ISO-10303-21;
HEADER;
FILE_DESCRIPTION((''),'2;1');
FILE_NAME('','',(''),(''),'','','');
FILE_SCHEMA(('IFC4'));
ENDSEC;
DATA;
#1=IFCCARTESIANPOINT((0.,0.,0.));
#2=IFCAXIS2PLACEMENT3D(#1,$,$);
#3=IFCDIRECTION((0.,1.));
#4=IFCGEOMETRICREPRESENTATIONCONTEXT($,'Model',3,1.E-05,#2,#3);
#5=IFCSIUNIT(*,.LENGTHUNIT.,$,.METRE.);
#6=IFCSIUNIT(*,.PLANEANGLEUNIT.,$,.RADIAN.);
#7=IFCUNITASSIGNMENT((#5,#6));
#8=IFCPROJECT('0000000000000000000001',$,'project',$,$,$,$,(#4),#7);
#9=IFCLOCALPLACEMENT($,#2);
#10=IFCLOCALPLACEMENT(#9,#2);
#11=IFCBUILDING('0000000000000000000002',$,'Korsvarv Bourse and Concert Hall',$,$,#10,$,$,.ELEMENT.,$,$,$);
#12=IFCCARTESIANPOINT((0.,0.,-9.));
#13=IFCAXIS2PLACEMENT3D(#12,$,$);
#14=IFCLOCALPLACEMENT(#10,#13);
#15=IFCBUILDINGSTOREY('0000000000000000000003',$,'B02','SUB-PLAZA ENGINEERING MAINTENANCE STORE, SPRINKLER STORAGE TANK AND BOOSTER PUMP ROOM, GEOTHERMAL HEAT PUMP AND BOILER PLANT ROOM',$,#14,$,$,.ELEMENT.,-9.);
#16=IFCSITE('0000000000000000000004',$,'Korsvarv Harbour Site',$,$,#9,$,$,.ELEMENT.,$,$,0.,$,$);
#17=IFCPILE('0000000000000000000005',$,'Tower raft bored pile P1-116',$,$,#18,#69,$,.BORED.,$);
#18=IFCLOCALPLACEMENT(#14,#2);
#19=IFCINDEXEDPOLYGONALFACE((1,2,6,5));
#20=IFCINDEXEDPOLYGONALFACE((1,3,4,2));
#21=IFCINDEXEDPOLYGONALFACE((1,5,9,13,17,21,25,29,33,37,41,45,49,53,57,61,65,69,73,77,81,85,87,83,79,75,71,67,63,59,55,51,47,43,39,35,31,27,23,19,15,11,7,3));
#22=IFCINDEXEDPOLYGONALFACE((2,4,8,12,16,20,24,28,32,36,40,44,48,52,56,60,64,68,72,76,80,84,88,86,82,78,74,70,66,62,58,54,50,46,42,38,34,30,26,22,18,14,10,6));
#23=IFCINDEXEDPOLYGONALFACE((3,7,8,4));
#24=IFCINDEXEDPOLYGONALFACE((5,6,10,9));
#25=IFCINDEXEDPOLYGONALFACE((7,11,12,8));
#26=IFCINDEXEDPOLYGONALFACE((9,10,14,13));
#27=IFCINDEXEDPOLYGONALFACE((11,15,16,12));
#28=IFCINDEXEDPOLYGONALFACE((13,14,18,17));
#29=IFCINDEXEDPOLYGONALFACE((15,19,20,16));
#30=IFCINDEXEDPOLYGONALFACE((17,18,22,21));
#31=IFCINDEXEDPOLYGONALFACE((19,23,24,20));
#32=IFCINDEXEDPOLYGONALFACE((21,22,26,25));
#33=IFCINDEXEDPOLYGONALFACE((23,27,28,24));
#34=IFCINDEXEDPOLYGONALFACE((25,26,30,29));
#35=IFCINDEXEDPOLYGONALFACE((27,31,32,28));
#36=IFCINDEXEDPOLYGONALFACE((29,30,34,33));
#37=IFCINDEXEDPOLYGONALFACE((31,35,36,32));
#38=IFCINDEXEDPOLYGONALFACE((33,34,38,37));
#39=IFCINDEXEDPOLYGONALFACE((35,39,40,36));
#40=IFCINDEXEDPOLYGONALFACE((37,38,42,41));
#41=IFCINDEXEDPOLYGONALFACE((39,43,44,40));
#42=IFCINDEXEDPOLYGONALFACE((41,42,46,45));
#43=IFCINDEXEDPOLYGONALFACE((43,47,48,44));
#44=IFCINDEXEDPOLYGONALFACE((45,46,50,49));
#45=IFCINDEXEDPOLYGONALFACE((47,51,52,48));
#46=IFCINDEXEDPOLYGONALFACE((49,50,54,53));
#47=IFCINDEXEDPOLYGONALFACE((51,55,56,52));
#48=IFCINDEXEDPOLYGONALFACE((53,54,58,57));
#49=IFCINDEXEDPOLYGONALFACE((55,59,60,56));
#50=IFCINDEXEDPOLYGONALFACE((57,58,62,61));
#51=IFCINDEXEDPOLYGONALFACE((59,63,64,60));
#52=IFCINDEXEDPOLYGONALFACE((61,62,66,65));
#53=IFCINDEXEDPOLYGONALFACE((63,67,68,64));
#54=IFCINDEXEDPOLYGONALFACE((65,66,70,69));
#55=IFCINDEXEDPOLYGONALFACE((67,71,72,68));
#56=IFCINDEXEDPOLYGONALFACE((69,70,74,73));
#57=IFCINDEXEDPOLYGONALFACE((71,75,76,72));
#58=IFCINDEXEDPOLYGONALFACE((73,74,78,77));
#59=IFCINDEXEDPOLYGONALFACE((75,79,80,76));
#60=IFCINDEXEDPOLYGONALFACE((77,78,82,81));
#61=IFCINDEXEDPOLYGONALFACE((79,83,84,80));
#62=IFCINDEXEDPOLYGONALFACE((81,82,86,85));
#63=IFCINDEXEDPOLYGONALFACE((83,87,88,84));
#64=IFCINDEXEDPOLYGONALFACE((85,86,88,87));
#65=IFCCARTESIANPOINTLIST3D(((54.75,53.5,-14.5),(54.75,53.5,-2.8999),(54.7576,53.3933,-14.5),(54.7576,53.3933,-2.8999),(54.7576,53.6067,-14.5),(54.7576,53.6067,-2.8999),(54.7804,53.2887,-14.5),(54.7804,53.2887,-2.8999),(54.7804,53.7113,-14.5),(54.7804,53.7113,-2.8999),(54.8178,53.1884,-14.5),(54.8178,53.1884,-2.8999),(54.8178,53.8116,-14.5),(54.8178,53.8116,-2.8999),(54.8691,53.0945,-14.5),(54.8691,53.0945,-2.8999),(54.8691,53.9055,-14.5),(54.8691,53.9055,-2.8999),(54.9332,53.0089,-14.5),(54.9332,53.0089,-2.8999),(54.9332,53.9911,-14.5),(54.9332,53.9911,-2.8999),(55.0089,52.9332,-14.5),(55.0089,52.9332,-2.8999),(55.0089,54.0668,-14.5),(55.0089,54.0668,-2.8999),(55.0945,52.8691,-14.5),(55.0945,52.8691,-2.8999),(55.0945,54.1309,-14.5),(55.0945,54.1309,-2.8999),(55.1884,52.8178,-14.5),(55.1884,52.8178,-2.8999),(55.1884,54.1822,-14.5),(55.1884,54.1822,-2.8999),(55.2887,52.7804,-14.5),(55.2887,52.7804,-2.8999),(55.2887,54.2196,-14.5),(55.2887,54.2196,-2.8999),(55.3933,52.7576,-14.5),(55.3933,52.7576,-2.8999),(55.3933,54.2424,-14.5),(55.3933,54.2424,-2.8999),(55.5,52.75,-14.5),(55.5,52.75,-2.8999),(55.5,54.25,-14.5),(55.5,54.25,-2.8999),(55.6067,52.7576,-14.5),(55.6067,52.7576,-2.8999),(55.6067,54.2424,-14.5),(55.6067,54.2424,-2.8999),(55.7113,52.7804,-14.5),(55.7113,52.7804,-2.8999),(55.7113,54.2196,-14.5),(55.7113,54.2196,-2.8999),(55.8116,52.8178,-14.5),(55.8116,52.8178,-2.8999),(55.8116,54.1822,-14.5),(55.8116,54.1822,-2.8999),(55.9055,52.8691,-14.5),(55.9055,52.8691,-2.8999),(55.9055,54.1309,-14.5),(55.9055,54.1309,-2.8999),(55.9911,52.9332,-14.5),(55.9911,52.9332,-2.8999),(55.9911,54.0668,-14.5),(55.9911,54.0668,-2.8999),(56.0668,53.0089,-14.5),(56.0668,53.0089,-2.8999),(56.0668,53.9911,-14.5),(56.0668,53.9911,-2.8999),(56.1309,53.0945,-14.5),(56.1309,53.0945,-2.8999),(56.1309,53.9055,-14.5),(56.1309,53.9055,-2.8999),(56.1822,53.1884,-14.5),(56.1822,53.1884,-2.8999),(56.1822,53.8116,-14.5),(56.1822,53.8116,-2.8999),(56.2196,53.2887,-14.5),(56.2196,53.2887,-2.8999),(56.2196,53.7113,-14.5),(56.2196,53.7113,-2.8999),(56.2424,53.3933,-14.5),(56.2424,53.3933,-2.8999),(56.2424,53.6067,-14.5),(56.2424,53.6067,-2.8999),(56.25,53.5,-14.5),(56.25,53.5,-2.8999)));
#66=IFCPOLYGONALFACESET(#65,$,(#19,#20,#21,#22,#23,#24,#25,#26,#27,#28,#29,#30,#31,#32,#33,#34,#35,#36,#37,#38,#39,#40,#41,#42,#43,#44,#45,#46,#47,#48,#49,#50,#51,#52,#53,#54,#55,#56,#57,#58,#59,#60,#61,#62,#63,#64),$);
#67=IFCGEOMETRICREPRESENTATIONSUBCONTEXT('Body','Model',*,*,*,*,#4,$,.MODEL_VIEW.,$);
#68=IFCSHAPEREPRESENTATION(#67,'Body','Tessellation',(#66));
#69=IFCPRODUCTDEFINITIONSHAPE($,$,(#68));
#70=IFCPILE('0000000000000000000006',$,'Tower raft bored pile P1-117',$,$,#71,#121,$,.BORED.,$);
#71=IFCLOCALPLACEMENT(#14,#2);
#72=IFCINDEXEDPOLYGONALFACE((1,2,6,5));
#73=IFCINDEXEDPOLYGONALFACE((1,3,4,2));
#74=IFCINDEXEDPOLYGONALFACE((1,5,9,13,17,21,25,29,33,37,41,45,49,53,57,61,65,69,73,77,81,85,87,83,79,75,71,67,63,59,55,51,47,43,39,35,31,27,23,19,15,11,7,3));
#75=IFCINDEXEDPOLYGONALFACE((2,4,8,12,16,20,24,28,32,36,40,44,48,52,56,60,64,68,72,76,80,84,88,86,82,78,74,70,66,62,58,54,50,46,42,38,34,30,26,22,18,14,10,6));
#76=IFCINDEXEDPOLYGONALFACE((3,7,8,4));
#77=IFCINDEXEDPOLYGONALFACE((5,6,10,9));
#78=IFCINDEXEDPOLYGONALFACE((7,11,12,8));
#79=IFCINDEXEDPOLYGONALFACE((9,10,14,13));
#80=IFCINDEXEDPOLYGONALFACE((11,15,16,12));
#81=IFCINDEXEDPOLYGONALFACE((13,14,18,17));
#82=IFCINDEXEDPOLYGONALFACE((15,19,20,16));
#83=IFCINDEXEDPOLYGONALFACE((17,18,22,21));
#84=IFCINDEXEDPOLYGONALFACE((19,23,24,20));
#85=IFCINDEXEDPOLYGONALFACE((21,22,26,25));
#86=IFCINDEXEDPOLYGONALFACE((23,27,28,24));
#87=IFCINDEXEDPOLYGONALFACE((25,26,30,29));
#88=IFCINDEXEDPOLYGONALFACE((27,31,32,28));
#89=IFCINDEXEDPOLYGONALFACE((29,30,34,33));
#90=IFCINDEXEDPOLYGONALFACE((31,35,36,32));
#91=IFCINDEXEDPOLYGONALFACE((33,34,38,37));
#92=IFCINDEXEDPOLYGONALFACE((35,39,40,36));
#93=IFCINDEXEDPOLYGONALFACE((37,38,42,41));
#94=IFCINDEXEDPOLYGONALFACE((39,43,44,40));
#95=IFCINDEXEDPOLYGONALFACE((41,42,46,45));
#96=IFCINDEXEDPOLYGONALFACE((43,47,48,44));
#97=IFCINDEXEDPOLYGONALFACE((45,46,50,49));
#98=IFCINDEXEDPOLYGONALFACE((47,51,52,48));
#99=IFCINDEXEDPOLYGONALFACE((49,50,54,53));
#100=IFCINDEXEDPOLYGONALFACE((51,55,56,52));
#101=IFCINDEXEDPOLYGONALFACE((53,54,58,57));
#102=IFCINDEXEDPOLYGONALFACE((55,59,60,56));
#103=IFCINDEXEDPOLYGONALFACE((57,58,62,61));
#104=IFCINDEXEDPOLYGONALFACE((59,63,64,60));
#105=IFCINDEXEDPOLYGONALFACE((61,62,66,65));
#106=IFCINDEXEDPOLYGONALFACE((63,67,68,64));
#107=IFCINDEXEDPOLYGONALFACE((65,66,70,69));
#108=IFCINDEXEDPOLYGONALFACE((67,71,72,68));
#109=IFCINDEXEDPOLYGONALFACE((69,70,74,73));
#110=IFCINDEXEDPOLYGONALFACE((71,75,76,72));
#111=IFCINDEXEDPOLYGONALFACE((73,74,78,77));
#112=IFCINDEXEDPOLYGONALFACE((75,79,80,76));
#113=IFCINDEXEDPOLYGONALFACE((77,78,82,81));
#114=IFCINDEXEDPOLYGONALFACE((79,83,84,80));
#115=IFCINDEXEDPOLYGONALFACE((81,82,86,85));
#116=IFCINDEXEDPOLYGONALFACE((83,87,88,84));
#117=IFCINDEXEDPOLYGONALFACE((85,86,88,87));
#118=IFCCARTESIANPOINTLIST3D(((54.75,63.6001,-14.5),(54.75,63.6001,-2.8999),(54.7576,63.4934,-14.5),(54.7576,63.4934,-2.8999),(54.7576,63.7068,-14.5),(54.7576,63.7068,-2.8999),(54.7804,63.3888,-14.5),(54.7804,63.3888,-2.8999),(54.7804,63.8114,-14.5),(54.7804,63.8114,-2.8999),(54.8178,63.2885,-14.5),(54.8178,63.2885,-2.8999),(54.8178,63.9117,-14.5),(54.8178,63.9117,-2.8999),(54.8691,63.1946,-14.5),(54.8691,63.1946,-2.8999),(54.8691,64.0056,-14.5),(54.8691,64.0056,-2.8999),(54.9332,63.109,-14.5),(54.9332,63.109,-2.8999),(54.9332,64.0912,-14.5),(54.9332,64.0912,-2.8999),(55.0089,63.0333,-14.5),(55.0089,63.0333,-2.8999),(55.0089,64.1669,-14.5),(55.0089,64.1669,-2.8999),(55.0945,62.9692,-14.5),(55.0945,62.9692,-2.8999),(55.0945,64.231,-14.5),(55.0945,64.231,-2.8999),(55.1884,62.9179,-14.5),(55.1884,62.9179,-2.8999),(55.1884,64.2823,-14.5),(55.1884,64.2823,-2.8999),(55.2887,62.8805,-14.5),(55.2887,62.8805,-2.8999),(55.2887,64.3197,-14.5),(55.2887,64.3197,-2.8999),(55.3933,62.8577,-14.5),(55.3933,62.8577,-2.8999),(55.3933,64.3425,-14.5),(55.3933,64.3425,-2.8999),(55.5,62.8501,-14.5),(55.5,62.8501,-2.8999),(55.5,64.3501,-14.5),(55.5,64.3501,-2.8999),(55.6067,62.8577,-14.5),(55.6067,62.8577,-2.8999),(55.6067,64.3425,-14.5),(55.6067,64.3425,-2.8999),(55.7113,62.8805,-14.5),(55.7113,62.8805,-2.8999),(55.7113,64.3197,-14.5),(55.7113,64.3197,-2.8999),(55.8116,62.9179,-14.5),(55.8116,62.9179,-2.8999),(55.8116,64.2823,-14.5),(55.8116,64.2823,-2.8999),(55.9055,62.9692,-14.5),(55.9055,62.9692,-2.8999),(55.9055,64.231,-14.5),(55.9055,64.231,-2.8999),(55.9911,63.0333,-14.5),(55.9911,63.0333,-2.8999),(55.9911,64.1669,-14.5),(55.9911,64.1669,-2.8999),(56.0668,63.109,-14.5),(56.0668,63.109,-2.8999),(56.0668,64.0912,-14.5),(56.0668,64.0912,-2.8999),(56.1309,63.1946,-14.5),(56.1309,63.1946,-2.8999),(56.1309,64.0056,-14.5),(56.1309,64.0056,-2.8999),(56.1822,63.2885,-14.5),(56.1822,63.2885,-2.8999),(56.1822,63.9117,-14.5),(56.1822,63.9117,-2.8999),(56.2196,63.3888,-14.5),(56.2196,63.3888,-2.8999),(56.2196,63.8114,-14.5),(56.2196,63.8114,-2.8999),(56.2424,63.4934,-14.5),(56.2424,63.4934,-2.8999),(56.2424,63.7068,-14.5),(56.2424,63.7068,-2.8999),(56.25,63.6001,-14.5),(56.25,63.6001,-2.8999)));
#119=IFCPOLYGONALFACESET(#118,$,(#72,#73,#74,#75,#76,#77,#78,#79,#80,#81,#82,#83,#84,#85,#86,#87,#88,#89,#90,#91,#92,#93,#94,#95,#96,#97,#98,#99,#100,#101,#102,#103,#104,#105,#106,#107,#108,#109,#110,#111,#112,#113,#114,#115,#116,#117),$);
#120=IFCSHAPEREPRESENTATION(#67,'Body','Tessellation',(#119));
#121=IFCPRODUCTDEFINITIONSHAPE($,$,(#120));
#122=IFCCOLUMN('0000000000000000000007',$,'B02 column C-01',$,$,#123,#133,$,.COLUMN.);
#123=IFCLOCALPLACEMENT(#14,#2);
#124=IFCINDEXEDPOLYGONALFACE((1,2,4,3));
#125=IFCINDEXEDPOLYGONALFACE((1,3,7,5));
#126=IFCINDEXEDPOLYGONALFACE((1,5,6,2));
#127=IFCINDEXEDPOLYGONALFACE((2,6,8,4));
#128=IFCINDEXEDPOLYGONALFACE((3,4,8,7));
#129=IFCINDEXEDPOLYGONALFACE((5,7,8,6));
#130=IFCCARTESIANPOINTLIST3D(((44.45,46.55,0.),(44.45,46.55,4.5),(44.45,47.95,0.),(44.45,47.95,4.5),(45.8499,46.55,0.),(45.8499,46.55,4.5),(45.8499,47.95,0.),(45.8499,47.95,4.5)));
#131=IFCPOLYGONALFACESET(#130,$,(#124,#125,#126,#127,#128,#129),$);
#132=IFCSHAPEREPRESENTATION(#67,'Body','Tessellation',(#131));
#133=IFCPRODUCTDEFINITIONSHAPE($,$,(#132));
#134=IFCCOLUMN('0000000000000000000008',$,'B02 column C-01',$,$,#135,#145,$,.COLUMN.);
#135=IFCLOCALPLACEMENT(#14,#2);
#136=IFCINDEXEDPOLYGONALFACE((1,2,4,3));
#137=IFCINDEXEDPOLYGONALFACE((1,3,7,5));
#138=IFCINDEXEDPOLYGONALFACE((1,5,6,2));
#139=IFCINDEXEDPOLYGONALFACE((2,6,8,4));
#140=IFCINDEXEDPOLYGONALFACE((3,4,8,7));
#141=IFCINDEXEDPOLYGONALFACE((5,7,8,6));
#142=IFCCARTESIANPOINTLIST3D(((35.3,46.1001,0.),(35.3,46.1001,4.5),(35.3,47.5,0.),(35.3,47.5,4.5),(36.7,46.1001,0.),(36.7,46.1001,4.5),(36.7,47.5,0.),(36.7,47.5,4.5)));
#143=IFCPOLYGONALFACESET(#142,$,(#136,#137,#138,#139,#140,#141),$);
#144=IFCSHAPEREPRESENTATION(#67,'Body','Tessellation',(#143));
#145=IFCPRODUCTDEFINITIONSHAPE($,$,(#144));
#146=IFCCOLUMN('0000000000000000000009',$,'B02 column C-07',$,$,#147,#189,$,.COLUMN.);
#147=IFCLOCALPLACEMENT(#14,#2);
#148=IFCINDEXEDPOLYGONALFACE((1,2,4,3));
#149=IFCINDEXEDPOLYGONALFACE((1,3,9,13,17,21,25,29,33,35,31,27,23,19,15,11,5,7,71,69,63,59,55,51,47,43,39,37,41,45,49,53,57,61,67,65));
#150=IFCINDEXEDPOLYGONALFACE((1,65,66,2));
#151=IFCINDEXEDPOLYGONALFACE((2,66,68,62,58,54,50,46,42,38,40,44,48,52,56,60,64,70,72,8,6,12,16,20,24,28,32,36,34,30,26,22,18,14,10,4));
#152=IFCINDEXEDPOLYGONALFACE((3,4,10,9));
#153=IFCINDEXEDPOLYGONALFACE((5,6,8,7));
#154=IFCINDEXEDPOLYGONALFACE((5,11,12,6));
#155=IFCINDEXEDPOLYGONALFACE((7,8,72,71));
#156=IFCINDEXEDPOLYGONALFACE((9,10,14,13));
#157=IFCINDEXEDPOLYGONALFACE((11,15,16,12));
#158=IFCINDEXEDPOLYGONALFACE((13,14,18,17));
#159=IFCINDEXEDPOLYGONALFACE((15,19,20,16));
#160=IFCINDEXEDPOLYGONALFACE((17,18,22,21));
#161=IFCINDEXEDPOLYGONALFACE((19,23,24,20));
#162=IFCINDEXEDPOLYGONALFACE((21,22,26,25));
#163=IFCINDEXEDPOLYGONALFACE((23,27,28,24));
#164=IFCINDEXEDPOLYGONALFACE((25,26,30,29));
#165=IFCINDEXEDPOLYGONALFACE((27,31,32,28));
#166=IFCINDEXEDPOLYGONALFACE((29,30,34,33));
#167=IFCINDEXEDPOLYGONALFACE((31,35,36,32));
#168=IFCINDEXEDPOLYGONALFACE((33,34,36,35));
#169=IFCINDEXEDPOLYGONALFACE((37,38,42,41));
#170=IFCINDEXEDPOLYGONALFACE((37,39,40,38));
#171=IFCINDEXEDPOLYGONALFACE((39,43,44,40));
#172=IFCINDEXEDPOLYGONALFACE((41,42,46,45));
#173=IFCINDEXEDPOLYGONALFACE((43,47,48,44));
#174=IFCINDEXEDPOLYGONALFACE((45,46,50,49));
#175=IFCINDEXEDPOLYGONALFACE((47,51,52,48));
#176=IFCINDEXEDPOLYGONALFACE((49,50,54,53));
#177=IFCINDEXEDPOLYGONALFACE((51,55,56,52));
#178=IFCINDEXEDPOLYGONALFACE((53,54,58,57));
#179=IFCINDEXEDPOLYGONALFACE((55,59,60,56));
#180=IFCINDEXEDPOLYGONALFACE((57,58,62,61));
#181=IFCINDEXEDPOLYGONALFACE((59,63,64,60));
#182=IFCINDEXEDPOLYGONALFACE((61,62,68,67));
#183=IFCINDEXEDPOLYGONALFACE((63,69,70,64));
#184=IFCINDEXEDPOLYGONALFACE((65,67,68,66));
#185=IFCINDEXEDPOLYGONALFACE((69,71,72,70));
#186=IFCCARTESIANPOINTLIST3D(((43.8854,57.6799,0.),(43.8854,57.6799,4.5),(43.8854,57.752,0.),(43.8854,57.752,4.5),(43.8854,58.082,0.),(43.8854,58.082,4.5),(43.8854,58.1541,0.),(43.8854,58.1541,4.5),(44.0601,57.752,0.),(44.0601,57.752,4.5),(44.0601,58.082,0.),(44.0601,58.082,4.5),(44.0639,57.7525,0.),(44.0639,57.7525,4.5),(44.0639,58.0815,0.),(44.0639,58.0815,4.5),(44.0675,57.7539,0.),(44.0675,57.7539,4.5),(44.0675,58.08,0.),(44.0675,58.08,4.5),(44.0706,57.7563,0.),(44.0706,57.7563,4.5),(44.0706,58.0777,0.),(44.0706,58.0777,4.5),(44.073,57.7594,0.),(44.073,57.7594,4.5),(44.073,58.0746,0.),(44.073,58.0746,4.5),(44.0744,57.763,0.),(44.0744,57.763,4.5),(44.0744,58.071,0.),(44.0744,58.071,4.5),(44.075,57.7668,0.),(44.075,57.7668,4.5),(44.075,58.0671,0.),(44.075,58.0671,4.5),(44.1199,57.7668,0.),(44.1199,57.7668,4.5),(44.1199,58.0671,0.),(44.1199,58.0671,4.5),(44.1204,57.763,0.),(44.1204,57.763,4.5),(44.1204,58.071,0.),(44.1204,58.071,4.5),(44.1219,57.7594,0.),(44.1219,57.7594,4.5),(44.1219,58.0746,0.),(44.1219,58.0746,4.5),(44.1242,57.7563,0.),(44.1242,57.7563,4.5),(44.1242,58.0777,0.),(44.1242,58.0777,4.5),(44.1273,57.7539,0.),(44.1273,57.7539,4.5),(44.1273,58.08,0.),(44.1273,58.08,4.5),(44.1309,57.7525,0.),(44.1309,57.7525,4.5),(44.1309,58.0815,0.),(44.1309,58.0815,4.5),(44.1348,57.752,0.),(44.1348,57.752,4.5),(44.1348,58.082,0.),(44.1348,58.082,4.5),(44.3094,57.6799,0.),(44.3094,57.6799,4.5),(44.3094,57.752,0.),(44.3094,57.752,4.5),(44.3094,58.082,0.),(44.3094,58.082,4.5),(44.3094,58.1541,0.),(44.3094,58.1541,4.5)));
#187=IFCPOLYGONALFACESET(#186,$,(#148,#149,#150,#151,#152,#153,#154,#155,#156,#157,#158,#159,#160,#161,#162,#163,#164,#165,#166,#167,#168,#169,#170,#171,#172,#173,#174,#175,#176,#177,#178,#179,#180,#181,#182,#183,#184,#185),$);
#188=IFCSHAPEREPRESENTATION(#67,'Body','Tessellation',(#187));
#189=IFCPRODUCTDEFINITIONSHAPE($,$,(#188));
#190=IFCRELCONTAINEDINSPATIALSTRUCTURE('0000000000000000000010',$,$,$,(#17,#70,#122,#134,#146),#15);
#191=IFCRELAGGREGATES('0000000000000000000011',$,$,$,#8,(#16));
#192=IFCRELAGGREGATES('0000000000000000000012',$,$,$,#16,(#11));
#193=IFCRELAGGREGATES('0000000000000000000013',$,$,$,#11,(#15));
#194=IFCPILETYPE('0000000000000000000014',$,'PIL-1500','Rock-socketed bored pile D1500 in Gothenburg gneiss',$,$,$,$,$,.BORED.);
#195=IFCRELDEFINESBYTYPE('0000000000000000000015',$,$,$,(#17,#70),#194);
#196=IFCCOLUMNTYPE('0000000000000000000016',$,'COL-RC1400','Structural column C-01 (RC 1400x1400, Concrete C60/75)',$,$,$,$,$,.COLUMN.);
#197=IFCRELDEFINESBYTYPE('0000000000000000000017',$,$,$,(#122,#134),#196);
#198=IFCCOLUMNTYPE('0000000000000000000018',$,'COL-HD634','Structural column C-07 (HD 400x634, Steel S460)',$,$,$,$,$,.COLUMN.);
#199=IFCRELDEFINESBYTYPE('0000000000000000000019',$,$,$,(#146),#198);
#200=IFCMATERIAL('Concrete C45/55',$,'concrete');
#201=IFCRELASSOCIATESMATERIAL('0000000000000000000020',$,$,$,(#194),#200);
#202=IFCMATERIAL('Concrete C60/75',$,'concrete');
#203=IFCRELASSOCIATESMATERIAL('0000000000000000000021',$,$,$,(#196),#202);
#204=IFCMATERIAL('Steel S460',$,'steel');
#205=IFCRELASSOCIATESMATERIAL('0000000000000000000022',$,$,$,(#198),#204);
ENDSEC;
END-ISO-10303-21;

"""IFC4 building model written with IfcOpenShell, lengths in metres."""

from ifc_helpers import new_model, si_unit, direction, frame, origin, origin_2d, place, context, subcontext, project, spatial, rectangle, circle, i_section, extrude, source, transform, mapped, material, material_profile, profile_set, type_object, element, save


model = new_model("IFC4")

# Units and contexts
model_context = context("Model", 3, precision=1e-05, world=origin(), true_north=direction((0.0, 1.0)))
body_context = subcontext(model_context, "Body", "Model", "MODEL_VIEW")
ifc_project = project(units=[si_unit("LENGTHUNIT", "METRE"), si_unit("PLANEANGLEUNIT", "RADIAN")], contexts=[model_context])

# Site, building, storey
site_placement = place(None, origin())
site = spatial("IfcSite", under=ifc_project, at=site_placement, Name="Korsvarv Harbour Site", CompositionType="ELEMENT", RefElevation=0.0)
building_placement = place(site_placement, origin())
building = spatial("IfcBuilding", under=site, at=building_placement, Name="Korsvarv Bourse and Concert Hall", CompositionType="ELEMENT")
storey_placement = place(building_placement, frame((0.0, 0.0, -9.0)))
storey = spatial("IfcBuildingStorey", under=building, at=storey_placement, Name="B02", Description="SUB-PLAZA ENGINEERING MAINTENANCE STORE, SPRINKLER STORAGE TANK AND BOOSTER PUMP ROOM, GEOTHERMAL HEAT PUMP AND BOILER PLANT ROOM", CompositionType="ELEMENT", Elevation=-9.0)

# Piles
ifc_material_1 = material(Name="Concrete C45/55", Category="concrete")
ifc_material_profile_1 = material_profile(ifc_material_1, circle(Radius=0.75, at=origin_2d()), Name="PILE D1500")
ifc_profile_set_1 = profile_set([ifc_material_profile_1], Name="Concrete C45/55")
pile_type = type_object("IfcPileType", Name="PIL-1500", Description="Rock-socketed bored pile D1500 in Gothenburg gneiss", PredefinedType="BORED", material=ifc_profile_set_1)
shared_shape_1 = source(origin(), body_context, "Body", "SweptSolid", [
    extrude(circle(Radius=0.75, at=origin_2d()), origin(), (0.0, 0.0, 1.0), 11.6001),
])
for number, where, z_axis, x_axis, name in (
    (1, (55.5, 53.5, -2.8999), (0.0, 0.0, -1.0), (1.0, 0.0, 0.0), "Tower raft bored pile P1-116"),
    (2, (55.5, 63.6001, -2.8999), (0.0, 0.0, -1.0), (1.0, 0.0, 0.0), "Tower raft bored pile P1-117"),
):
    element("IfcPile", number, at=place(storey_placement, frame(where, z_axis=z_axis, x_axis=x_axis)), inside=storey, type_object=pile_type, Name=name, PredefinedType="BORED", context=body_context, shape_type="MappedRepresentation", body=[
        mapped(shared_shape_1, transform((0.0, 0.0, 0.0), scale=1.0)),
    ])

# Columns
ifc_material_2 = material(Name="Concrete C60/75", Category="concrete")
ifc_material_profile_2 = material_profile(ifc_material_2, rectangle(XDim=1.3999, YDim=1.3999, at=origin_2d()), Name="RC 1400x1400")
ifc_profile_set_2 = profile_set([ifc_material_profile_2], Name="Concrete C60/75")
column_type_1 = type_object("IfcColumnType", Name="COL-RC1400", Description="Structural column C-01 (RC 1400x1400, Concrete C60/75)", PredefinedType="COLUMN", material=ifc_profile_set_2)
shared_shape_2 = source(origin(), body_context, "Body", "SweptSolid", [
    extrude(rectangle(XDim=1.3999, YDim=1.3999, at=origin_2d()), origin(), (0.0, 0.0, 1.0), 4.5),
])
for number, where, z_axis, x_axis, name in (
    (3, (45.1499, 47.25, 0.0), (0.0, 0.0, 1.0), (1.0, 0.0, 0.0), "B02 column C-01"),
    (4, (36.0, 46.8, 0.0), (0.0, 0.0, 1.0), (1.0, 0.0, 0.0), "B02 column C-01"),
):
    element("IfcColumn", number, at=place(storey_placement, frame(where, z_axis=z_axis, x_axis=x_axis)), inside=storey, type_object=column_type_1, Name=name, PredefinedType="COLUMN", context=body_context, shape_type="MappedRepresentation", body=[
        mapped(shared_shape_2, transform((0.0, 0.0, 0.0), scale=1.0)),
    ])
ifc_material_3 = material(Name="Steel S460", Category="steel")
ifc_material_profile_3 = material_profile(ifc_material_3, i_section(OverallWidth=0.4241, OverallDepth=0.4741, WebThickness=0.0449, FlangeThickness=0.072, FilletRadius=0.0149, at=origin_2d()), Name="HD 400x634")
ifc_profile_set_3 = profile_set([ifc_material_profile_3], Name="Steel S460")
column_type_2 = type_object("IfcColumnType", Name="COL-HD634", Description="Structural column C-07 (HD 400x634, Steel S460)", PredefinedType="COLUMN", material=ifc_profile_set_3)
shared_shape_3 = source(origin(), body_context, "Body", "SweptSolid", [
    extrude(i_section(OverallWidth=0.4241, OverallDepth=0.4741, WebThickness=0.0449, FlangeThickness=0.072, FilletRadius=0.0149, at=origin_2d()), origin(), (0.0, 0.0, 1.0), 4.5),
])
column_placement = place(storey_placement, frame((44.0974, 57.917, 0.0), z_axis=(0.0, 0.0, 1.0), x_axis=(1.0, 0.0, 0.0)))
element("IfcColumn", 5, at=column_placement, inside=storey, type_object=column_type_2, Name="B02 column C-07", PredefinedType="COLUMN", context=body_context, shape_type="MappedRepresentation", body=[
    mapped(shared_shape_3, transform((0.0, 0.0, 0.0), scale=1.0)),
])

save(model, "model.ifc")
